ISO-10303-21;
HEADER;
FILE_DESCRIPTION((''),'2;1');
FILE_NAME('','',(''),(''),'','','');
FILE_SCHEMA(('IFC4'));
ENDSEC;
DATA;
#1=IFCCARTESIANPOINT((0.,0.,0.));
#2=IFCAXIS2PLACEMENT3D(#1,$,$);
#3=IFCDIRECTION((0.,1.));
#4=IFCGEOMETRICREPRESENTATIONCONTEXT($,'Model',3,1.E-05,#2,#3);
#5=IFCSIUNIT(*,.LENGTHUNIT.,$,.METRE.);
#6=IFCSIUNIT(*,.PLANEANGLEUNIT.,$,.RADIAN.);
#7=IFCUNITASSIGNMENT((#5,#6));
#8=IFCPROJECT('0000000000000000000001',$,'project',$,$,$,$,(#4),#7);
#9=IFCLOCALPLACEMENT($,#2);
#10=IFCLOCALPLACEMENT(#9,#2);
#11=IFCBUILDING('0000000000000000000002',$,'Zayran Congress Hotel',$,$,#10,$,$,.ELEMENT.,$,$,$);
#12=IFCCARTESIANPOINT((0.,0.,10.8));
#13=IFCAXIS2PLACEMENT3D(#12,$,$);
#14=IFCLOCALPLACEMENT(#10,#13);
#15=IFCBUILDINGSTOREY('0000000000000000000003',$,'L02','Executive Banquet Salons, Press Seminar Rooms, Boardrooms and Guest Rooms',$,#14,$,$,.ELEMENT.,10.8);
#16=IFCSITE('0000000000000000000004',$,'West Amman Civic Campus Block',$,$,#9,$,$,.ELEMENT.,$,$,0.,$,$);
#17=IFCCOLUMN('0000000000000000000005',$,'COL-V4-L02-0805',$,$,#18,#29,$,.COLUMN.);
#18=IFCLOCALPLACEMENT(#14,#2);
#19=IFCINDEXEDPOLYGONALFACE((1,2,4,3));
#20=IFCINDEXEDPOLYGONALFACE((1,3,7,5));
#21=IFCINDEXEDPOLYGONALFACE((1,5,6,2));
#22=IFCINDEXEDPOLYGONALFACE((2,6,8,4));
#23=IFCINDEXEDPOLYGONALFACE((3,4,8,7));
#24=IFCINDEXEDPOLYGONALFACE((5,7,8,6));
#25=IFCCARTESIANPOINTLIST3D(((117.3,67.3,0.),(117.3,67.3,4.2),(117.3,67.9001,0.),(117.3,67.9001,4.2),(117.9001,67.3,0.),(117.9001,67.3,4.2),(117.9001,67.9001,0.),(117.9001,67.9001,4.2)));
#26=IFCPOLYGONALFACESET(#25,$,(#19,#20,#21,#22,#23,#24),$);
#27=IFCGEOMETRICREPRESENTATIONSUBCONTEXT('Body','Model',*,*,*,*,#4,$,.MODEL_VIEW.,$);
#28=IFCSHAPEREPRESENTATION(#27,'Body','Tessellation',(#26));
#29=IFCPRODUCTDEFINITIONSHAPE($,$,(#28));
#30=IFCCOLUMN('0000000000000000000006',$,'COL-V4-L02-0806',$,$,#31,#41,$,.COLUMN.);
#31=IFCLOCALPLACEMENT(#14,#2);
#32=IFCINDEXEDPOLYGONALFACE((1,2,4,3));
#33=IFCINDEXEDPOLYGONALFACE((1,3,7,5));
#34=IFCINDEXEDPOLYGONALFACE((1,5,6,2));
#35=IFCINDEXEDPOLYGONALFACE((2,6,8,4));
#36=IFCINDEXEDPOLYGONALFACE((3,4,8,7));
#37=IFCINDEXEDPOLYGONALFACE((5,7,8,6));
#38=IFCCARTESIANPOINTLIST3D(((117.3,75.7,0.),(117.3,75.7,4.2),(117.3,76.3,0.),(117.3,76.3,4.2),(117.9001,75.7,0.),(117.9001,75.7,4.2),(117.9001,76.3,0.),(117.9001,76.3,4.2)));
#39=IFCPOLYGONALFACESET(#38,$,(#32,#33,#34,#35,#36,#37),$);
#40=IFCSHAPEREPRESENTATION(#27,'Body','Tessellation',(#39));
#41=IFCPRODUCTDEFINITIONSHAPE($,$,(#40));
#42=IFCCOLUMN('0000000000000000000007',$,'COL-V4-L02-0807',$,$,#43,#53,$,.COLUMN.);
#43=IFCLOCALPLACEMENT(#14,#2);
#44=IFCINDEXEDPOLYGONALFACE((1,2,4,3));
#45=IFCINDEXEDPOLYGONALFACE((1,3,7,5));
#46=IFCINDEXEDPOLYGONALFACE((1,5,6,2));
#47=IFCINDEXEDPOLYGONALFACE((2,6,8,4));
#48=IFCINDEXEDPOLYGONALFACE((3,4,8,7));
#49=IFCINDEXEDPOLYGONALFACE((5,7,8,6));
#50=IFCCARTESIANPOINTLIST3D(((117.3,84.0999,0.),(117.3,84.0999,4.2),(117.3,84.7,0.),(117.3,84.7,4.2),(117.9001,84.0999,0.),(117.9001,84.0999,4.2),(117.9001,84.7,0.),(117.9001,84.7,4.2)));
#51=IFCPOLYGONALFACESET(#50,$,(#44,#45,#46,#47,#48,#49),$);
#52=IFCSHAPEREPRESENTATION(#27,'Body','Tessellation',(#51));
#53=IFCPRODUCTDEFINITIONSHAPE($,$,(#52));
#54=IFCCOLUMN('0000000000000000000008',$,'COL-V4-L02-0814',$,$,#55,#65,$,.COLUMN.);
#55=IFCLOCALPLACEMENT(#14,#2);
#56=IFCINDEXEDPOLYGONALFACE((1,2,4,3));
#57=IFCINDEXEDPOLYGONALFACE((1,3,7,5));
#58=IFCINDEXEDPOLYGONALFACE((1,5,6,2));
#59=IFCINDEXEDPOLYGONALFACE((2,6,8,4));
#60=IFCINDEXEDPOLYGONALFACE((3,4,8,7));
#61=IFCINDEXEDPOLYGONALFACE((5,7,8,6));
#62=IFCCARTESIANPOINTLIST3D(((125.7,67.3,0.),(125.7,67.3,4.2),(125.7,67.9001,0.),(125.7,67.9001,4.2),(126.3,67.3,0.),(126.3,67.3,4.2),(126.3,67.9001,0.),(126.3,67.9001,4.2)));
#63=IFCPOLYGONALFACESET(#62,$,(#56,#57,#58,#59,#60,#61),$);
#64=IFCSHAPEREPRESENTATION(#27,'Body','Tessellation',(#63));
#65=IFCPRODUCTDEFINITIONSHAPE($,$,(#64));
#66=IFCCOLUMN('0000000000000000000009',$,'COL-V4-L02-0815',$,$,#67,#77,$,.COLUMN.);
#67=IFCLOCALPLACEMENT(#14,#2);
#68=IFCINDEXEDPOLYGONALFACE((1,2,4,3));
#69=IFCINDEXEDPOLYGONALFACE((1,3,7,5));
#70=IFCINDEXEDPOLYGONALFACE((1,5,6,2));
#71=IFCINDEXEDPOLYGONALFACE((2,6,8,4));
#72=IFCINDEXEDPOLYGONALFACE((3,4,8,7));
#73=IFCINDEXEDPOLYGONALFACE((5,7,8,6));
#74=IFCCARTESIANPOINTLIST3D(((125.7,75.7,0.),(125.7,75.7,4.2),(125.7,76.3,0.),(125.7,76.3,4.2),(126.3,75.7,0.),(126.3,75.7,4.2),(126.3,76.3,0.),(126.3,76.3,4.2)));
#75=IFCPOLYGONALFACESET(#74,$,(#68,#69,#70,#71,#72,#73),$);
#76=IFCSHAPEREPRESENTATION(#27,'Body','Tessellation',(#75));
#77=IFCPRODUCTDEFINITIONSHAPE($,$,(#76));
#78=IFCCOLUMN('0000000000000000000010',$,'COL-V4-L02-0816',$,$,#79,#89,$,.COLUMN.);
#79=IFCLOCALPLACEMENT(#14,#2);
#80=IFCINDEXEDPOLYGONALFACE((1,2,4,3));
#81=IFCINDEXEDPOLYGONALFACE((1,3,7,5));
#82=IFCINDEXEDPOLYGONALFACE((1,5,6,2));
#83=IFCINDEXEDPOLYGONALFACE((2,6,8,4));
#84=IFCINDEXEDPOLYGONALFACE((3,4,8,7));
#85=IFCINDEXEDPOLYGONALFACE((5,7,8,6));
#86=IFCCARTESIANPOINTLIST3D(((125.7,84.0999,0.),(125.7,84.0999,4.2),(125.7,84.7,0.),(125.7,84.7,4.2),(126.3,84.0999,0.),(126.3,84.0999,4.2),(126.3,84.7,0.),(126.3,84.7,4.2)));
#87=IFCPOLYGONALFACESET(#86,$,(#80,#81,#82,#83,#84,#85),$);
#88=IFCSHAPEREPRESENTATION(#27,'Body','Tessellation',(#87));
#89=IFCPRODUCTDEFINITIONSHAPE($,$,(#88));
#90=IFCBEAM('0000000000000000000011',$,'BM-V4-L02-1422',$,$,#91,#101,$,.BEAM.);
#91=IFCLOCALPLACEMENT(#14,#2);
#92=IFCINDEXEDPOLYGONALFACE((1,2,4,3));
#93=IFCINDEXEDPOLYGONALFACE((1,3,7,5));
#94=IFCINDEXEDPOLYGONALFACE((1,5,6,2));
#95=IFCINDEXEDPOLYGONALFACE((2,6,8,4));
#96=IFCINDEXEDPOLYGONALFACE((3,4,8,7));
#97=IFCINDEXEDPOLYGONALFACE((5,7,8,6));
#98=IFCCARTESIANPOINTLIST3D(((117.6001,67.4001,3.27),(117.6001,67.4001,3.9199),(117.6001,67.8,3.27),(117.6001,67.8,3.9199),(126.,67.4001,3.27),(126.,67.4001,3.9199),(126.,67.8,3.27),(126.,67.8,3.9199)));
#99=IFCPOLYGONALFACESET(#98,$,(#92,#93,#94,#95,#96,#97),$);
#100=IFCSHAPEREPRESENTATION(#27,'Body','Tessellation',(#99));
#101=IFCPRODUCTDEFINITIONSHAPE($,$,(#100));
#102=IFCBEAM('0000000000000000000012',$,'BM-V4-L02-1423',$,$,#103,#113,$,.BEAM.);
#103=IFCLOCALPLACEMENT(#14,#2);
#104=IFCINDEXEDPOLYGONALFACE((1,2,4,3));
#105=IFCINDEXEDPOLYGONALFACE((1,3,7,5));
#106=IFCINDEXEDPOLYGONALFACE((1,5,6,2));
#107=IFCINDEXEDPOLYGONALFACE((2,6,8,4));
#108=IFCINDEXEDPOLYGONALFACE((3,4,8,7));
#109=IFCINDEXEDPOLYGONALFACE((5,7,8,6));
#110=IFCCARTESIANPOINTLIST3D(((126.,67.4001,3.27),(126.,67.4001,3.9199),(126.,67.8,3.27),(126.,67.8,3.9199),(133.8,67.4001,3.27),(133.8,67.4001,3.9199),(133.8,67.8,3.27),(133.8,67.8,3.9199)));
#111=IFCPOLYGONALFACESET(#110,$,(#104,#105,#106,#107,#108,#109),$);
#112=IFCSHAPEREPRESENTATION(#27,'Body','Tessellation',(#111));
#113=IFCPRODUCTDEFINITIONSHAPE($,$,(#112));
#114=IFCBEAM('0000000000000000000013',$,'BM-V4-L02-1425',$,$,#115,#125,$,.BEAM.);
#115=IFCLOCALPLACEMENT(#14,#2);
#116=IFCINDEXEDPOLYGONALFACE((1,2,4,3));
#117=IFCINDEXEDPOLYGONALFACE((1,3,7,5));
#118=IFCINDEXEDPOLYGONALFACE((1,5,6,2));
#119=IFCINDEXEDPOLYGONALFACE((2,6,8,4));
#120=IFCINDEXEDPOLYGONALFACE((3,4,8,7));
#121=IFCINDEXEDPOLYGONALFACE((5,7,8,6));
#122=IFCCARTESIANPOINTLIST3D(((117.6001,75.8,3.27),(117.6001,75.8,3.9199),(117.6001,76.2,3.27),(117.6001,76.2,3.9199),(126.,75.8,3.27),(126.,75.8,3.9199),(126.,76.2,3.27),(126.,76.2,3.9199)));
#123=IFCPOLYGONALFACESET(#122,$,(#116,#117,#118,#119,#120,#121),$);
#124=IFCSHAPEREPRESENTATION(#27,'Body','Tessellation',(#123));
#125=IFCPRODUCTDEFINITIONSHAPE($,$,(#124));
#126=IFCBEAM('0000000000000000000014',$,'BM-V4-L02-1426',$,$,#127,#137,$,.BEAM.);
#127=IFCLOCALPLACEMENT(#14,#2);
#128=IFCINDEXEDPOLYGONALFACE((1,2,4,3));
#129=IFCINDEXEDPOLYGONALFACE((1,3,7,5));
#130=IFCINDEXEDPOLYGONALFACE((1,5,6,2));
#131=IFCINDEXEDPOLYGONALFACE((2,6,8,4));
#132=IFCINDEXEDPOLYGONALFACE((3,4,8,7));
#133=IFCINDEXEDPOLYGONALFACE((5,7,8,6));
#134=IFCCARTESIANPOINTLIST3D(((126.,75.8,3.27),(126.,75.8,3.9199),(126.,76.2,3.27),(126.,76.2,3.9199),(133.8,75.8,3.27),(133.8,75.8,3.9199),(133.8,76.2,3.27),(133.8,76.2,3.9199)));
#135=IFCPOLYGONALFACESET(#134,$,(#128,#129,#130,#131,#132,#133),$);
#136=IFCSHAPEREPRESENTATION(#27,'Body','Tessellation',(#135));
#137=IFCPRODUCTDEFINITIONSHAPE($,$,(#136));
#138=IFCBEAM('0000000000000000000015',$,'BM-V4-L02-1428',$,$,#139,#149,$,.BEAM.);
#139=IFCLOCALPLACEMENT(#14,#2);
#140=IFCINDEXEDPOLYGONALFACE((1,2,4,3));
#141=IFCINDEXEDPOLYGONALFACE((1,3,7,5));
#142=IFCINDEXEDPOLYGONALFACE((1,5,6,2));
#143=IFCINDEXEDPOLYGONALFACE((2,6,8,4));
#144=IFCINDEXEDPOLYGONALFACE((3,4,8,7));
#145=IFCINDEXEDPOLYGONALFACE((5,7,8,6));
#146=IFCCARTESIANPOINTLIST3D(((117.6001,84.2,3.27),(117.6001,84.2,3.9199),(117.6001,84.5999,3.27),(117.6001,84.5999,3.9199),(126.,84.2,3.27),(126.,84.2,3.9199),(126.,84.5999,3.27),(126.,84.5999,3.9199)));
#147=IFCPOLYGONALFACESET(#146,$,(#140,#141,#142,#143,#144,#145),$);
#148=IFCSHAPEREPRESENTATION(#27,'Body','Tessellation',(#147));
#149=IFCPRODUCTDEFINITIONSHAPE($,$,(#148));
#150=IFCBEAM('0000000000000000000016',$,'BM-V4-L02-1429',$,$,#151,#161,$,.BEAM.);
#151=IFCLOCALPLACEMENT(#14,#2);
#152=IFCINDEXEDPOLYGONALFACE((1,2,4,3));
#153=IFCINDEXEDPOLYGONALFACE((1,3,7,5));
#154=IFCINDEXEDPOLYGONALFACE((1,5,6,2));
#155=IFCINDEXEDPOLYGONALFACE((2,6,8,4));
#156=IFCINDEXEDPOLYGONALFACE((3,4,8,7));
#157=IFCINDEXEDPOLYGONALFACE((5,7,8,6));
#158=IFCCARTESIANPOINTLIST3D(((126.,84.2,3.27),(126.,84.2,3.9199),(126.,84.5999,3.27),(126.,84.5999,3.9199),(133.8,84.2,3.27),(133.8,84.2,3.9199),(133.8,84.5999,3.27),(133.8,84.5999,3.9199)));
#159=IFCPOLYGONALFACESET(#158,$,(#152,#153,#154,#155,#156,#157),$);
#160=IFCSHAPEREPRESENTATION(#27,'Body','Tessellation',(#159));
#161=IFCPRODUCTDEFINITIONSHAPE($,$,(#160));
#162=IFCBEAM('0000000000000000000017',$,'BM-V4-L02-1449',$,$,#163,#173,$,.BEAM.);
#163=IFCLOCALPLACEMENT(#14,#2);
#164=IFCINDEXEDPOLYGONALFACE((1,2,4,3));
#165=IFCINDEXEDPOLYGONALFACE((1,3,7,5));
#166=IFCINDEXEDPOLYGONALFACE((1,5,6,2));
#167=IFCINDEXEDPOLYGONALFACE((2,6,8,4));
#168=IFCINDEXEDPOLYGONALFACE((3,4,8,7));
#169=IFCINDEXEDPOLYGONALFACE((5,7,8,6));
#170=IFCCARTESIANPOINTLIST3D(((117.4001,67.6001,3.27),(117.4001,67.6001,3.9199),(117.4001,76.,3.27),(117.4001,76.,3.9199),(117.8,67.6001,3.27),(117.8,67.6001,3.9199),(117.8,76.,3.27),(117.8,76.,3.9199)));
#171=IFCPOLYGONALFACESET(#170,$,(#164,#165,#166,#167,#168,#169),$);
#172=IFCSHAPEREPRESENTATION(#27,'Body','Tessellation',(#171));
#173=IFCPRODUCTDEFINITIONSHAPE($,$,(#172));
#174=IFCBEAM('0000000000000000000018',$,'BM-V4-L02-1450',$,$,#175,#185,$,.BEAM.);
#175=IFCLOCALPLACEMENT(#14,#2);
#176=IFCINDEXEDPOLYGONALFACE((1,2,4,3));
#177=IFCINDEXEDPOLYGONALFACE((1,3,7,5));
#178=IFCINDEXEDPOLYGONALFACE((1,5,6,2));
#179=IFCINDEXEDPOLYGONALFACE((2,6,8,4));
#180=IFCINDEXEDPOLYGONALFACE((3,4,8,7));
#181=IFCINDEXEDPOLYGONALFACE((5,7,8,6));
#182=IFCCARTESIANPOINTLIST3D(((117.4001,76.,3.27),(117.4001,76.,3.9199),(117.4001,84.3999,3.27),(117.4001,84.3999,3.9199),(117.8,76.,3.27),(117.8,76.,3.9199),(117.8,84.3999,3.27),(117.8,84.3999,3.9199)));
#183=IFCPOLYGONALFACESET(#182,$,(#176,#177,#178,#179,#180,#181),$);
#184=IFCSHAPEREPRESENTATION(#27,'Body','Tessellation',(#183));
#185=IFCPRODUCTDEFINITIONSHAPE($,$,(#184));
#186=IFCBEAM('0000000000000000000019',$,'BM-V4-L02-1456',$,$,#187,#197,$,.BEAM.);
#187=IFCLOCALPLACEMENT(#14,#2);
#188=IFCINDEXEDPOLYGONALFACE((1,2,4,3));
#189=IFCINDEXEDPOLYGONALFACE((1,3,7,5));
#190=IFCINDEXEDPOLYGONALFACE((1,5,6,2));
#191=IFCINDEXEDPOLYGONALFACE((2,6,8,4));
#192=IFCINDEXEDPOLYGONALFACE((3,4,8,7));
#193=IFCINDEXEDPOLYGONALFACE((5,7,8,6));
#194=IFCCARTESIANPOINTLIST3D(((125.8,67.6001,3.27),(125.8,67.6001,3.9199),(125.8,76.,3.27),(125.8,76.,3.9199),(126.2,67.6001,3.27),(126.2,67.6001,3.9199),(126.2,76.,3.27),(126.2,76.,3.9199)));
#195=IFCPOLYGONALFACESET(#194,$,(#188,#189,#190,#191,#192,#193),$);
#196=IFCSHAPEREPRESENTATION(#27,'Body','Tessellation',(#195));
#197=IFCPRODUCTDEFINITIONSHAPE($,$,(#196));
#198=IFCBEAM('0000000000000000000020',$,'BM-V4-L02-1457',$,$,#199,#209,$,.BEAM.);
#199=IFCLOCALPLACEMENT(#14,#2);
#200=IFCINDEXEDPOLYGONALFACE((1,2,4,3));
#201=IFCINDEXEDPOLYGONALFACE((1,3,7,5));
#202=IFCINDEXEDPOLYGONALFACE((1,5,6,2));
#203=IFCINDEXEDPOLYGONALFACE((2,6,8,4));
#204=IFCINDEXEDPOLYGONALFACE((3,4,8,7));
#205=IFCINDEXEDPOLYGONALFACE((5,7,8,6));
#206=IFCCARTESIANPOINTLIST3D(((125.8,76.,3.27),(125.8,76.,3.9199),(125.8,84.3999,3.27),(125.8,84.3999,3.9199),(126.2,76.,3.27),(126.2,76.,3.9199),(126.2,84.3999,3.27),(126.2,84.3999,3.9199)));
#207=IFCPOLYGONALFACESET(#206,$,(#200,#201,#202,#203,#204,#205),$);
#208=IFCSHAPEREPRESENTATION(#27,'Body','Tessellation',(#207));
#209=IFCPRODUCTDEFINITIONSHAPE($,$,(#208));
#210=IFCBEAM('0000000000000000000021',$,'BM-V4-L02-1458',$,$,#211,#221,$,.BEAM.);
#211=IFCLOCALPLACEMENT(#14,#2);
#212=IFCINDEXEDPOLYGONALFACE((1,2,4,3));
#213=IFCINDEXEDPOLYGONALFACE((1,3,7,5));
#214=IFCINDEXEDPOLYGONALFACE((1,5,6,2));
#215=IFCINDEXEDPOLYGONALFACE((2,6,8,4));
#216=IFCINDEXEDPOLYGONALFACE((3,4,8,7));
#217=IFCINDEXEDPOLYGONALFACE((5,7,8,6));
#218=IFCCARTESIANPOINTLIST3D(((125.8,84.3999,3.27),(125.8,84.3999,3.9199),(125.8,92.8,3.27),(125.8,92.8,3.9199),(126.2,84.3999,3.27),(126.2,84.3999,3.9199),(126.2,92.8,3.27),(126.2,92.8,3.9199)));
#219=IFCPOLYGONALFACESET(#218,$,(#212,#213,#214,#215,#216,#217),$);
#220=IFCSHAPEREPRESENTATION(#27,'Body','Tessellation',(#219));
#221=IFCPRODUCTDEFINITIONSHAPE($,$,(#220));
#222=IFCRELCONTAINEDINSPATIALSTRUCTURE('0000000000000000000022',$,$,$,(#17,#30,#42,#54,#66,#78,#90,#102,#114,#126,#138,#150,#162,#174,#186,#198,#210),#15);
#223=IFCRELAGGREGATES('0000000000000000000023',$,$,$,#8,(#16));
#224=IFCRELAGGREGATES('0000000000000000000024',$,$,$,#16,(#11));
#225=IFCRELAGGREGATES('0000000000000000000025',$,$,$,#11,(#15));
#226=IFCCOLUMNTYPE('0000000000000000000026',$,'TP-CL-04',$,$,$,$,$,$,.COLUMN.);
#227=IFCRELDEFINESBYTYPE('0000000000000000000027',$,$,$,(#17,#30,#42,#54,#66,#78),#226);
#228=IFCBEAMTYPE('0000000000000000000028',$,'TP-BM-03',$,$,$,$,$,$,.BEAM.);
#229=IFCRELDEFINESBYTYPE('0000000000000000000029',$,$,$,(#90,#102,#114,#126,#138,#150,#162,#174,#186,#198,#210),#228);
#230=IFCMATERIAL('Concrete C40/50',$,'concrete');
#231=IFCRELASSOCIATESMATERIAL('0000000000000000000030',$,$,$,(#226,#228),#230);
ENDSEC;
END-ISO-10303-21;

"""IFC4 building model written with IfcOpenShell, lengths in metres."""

from ifc_helpers import new_model, si_unit, direction, frame, origin, origin_2d, place, context, subcontext, project, spatial, rectangle, extrude, material, material_profile, profile_set, type_object, element, save


model = new_model("IFC4")

# Units and contexts
model_context = context("Model", 3, precision=1e-05, world=origin(), true_north=direction((0.0, 1.0)))
body_context = subcontext(model_context, "Body", "Model", "MODEL_VIEW")
ifc_project = project(units=[si_unit("LENGTHUNIT", "METRE"), si_unit("PLANEANGLEUNIT", "RADIAN")], contexts=[model_context])

# Site, building, storey
site_placement = place(None, origin())
site = spatial("IfcSite", under=ifc_project, at=site_placement, Name="West Amman Civic Campus Block", CompositionType="ELEMENT", RefElevation=0.0)
building_placement = place(site_placement, origin())
building = spatial("IfcBuilding", under=site, at=building_placement, Name="Zayran Congress Hotel", CompositionType="ELEMENT")
storey_placement = place(building_placement, frame((0.0, 0.0, 10.8)))
storey = spatial("IfcBuildingStorey", under=building, at=storey_placement, Name="L02", Description="Executive Banquet Salons, Press Seminar Rooms, Boardrooms and Guest Rooms", CompositionType="ELEMENT", Elevation=10.8)

# Columns
ifc_material_1 = material(Name="Concrete C40/50", Category="concrete")
ifc_material_profile_1 = material_profile(ifc_material_1, rectangle(XDim=0.6001, YDim=0.6001, at=origin_2d()), Name="RC 600x600")
ifc_profile_set_1 = profile_set([ifc_material_profile_1], Name="Concrete C40/50")
column_type = type_object("IfcColumnType", Name="TP-CL-04", PredefinedType="COLUMN", material=ifc_profile_set_1)
for number, where, z_axis, x_axis, name in (
    (1, (117.6001, 67.6001, 0.0), (0.0, 0.0, 1.0), (1.0, 0.0, 0.0), "COL-V4-L02-0805"),
    (2, (117.6001, 76.0, 0.0), (0.0, 0.0, 1.0), (1.0, 0.0, 0.0), "COL-V4-L02-0806"),
    (3, (117.6001, 84.3999, 0.0), (0.0, 0.0, 1.0), (1.0, 0.0, 0.0), "COL-V4-L02-0807"),
    (4, (126.0, 67.6001, 0.0), (0.0, 0.0, 1.0), (1.0, 0.0, 0.0), "COL-V4-L02-0814"),
    (5, (126.0, 76.0, 0.0), (0.0, 0.0, 1.0), (1.0, 0.0, 0.0), "COL-V4-L02-0815"),
    (6, (126.0, 84.3999, 0.0), (0.0, 0.0, 1.0), (1.0, 0.0, 0.0), "COL-V4-L02-0816"),
):
    element("IfcColumn", number, at=place(storey_placement, frame(where, z_axis=z_axis, x_axis=x_axis)), inside=storey, type_object=column_type, Name=name, PredefinedType="COLUMN", context=body_context, shape_type="SweptSolid", body=[
        extrude(rectangle(XDim=0.6001, YDim=0.6001, at=origin_2d()), origin(), (0.0, 0.0, 1.0), 4.2),
    ])

# Beams
ifc_material_profile_2 = material_profile(ifc_material_1, rectangle(XDim=0.3999, YDim=0.6499, at=origin_2d()), Name="RC 400x650")
ifc_profile_set_2 = profile_set([ifc_material_profile_2], Name="Concrete C40/50")
beam_type_1 = type_object("IfcBeamType", Name="TP-BM-03", PredefinedType="BEAM", material=ifc_profile_set_2)
beam_1_placement = place(storey_placement, frame((117.6001, 67.6001, 3.595), z_axis=(1.0, 0.0, 0.0), x_axis=(0.0, 1.0, 0.0)))
element("IfcBeam", 7, at=beam_1_placement, inside=storey, type_object=beam_type_1, Name="BM-V4-L02-1422", PredefinedType="BEAM", context=body_context, shape_type="SweptSolid", body=[
    extrude(rectangle(XDim=0.3999, YDim=0.6499, at=origin_2d()), origin(), (0.0, 0.0, 1.0), 8.3999),
])
beam_2_placement = place(storey_placement, frame((126.0, 67.6001, 3.595), z_axis=(1.0, 0.0, 0.0), x_axis=(0.0, 1.0, 0.0)))
element("IfcBeam", 8, at=beam_2_placement, inside=storey, type_object=beam_type_1, Name="BM-V4-L02-1423", PredefinedType="BEAM", context=body_context, shape_type="SweptSolid", body=[
    extrude(rectangle(XDim=0.3999, YDim=0.6499, at=origin_2d()), origin(), (0.0, 0.0, 1.0), 7.8),
])
beam_3_placement = place(storey_placement, frame((117.6001, 76.0, 3.595), z_axis=(1.0, 0.0, 0.0), x_axis=(0.0, 1.0, 0.0)))
element("IfcBeam", 9, at=beam_3_placement, inside=storey, type_object=beam_type_1, Name="BM-V4-L02-1425", PredefinedType="BEAM", context=body_context, shape_type="SweptSolid", body=[
    extrude(rectangle(XDim=0.3999, YDim=0.6499, at=origin_2d()), origin(), (0.0, 0.0, 1.0), 8.3999),
])
beam_4_placement = place(storey_placement, frame((126.0, 76.0, 3.595), z_axis=(1.0, 0.0, 0.0), x_axis=(0.0, 1.0, 0.0)))
element("IfcBeam", 10, at=beam_4_placement, inside=storey, type_object=beam_type_1, Name="BM-V4-L02-1426", PredefinedType="BEAM", context=body_context, shape_type="SweptSolid", body=[
    extrude(rectangle(XDim=0.3999, YDim=0.6499, at=origin_2d()), origin(), (0.0, 0.0, 1.0), 7.8),
])
beam_5_placement = place(storey_placement, frame((117.6001, 84.3999, 3.595), z_axis=(1.0, 0.0, 0.0), x_axis=(0.0, 1.0, 0.0)))
element("IfcBeam", 11, at=beam_5_placement, inside=storey, type_object=beam_type_1, Name="BM-V4-L02-1428", PredefinedType="BEAM", context=body_context, shape_type="SweptSolid", body=[
    extrude(rectangle(XDim=0.3999, YDim=0.6499, at=origin_2d()), origin(), (0.0, 0.0, 1.0), 8.3999),
])
beam_6_placement = place(storey_placement, frame((126.0, 84.3999, 3.595), z_axis=(1.0, 0.0, 0.0), x_axis=(0.0, 1.0, 0.0)))
element("IfcBeam", 12, at=beam_6_placement, inside=storey, type_object=beam_type_1, Name="BM-V4-L02-1429", PredefinedType="BEAM", context=body_context, shape_type="SweptSolid", body=[
    extrude(rectangle(XDim=0.3999, YDim=0.6499, at=origin_2d()), origin(), (0.0, 0.0, 1.0), 7.8),
])
for number, where, z_axis, x_axis, name in (
    (13, (117.6001, 67.6001, 3.595), (0.0, 1.0, 0.0), (-1.0, 0.0, 0.0), "BM-V4-L02-1449"),
    (14, (117.6001, 76.0, 3.595), (0.0, 1.0, 0.0), (-1.0, 0.0, 0.0), "BM-V4-L02-1450"),
    (15, (126.0, 67.6001, 3.595), (0.0, 1.0, 0.0), (-1.0, 0.0, 0.0), "BM-V4-L02-1456"),
    (16, (126.0, 76.0, 3.595), (0.0, 1.0, 0.0), (-1.0, 0.0, 0.0), "BM-V4-L02-1457"),
):
    element("IfcBeam", number, at=place(storey_placement, frame(where, z_axis=z_axis, x_axis=x_axis)), inside=storey, type_object=beam_type_1, Name=name, PredefinedType="BEAM", context=body_context, shape_type="SweptSolid", body=[
        extrude(rectangle(XDim=0.3999, YDim=0.6499, at=origin_2d()), origin(), (0.0, 0.0, 1.0), 8.3999),
    ])
beam_7_placement = place(storey_placement, frame((126.0, 84.3999, 3.595), z_axis=(0.0, 1.0, 0.0), x_axis=(-1.0, 0.0, 0.0)))
element("IfcBeam", 17, at=beam_7_placement, inside=storey, type_object=beam_type_1, Name="BM-V4-L02-1458", PredefinedType="BEAM", context=body_context, shape_type="SweptSolid", body=[
    extrude(rectangle(XDim=0.3999, YDim=0.6499, at=origin_2d()), origin(), (0.0, 0.0, 1.0), 8.4001),
])

save(model, "model.ifc")
